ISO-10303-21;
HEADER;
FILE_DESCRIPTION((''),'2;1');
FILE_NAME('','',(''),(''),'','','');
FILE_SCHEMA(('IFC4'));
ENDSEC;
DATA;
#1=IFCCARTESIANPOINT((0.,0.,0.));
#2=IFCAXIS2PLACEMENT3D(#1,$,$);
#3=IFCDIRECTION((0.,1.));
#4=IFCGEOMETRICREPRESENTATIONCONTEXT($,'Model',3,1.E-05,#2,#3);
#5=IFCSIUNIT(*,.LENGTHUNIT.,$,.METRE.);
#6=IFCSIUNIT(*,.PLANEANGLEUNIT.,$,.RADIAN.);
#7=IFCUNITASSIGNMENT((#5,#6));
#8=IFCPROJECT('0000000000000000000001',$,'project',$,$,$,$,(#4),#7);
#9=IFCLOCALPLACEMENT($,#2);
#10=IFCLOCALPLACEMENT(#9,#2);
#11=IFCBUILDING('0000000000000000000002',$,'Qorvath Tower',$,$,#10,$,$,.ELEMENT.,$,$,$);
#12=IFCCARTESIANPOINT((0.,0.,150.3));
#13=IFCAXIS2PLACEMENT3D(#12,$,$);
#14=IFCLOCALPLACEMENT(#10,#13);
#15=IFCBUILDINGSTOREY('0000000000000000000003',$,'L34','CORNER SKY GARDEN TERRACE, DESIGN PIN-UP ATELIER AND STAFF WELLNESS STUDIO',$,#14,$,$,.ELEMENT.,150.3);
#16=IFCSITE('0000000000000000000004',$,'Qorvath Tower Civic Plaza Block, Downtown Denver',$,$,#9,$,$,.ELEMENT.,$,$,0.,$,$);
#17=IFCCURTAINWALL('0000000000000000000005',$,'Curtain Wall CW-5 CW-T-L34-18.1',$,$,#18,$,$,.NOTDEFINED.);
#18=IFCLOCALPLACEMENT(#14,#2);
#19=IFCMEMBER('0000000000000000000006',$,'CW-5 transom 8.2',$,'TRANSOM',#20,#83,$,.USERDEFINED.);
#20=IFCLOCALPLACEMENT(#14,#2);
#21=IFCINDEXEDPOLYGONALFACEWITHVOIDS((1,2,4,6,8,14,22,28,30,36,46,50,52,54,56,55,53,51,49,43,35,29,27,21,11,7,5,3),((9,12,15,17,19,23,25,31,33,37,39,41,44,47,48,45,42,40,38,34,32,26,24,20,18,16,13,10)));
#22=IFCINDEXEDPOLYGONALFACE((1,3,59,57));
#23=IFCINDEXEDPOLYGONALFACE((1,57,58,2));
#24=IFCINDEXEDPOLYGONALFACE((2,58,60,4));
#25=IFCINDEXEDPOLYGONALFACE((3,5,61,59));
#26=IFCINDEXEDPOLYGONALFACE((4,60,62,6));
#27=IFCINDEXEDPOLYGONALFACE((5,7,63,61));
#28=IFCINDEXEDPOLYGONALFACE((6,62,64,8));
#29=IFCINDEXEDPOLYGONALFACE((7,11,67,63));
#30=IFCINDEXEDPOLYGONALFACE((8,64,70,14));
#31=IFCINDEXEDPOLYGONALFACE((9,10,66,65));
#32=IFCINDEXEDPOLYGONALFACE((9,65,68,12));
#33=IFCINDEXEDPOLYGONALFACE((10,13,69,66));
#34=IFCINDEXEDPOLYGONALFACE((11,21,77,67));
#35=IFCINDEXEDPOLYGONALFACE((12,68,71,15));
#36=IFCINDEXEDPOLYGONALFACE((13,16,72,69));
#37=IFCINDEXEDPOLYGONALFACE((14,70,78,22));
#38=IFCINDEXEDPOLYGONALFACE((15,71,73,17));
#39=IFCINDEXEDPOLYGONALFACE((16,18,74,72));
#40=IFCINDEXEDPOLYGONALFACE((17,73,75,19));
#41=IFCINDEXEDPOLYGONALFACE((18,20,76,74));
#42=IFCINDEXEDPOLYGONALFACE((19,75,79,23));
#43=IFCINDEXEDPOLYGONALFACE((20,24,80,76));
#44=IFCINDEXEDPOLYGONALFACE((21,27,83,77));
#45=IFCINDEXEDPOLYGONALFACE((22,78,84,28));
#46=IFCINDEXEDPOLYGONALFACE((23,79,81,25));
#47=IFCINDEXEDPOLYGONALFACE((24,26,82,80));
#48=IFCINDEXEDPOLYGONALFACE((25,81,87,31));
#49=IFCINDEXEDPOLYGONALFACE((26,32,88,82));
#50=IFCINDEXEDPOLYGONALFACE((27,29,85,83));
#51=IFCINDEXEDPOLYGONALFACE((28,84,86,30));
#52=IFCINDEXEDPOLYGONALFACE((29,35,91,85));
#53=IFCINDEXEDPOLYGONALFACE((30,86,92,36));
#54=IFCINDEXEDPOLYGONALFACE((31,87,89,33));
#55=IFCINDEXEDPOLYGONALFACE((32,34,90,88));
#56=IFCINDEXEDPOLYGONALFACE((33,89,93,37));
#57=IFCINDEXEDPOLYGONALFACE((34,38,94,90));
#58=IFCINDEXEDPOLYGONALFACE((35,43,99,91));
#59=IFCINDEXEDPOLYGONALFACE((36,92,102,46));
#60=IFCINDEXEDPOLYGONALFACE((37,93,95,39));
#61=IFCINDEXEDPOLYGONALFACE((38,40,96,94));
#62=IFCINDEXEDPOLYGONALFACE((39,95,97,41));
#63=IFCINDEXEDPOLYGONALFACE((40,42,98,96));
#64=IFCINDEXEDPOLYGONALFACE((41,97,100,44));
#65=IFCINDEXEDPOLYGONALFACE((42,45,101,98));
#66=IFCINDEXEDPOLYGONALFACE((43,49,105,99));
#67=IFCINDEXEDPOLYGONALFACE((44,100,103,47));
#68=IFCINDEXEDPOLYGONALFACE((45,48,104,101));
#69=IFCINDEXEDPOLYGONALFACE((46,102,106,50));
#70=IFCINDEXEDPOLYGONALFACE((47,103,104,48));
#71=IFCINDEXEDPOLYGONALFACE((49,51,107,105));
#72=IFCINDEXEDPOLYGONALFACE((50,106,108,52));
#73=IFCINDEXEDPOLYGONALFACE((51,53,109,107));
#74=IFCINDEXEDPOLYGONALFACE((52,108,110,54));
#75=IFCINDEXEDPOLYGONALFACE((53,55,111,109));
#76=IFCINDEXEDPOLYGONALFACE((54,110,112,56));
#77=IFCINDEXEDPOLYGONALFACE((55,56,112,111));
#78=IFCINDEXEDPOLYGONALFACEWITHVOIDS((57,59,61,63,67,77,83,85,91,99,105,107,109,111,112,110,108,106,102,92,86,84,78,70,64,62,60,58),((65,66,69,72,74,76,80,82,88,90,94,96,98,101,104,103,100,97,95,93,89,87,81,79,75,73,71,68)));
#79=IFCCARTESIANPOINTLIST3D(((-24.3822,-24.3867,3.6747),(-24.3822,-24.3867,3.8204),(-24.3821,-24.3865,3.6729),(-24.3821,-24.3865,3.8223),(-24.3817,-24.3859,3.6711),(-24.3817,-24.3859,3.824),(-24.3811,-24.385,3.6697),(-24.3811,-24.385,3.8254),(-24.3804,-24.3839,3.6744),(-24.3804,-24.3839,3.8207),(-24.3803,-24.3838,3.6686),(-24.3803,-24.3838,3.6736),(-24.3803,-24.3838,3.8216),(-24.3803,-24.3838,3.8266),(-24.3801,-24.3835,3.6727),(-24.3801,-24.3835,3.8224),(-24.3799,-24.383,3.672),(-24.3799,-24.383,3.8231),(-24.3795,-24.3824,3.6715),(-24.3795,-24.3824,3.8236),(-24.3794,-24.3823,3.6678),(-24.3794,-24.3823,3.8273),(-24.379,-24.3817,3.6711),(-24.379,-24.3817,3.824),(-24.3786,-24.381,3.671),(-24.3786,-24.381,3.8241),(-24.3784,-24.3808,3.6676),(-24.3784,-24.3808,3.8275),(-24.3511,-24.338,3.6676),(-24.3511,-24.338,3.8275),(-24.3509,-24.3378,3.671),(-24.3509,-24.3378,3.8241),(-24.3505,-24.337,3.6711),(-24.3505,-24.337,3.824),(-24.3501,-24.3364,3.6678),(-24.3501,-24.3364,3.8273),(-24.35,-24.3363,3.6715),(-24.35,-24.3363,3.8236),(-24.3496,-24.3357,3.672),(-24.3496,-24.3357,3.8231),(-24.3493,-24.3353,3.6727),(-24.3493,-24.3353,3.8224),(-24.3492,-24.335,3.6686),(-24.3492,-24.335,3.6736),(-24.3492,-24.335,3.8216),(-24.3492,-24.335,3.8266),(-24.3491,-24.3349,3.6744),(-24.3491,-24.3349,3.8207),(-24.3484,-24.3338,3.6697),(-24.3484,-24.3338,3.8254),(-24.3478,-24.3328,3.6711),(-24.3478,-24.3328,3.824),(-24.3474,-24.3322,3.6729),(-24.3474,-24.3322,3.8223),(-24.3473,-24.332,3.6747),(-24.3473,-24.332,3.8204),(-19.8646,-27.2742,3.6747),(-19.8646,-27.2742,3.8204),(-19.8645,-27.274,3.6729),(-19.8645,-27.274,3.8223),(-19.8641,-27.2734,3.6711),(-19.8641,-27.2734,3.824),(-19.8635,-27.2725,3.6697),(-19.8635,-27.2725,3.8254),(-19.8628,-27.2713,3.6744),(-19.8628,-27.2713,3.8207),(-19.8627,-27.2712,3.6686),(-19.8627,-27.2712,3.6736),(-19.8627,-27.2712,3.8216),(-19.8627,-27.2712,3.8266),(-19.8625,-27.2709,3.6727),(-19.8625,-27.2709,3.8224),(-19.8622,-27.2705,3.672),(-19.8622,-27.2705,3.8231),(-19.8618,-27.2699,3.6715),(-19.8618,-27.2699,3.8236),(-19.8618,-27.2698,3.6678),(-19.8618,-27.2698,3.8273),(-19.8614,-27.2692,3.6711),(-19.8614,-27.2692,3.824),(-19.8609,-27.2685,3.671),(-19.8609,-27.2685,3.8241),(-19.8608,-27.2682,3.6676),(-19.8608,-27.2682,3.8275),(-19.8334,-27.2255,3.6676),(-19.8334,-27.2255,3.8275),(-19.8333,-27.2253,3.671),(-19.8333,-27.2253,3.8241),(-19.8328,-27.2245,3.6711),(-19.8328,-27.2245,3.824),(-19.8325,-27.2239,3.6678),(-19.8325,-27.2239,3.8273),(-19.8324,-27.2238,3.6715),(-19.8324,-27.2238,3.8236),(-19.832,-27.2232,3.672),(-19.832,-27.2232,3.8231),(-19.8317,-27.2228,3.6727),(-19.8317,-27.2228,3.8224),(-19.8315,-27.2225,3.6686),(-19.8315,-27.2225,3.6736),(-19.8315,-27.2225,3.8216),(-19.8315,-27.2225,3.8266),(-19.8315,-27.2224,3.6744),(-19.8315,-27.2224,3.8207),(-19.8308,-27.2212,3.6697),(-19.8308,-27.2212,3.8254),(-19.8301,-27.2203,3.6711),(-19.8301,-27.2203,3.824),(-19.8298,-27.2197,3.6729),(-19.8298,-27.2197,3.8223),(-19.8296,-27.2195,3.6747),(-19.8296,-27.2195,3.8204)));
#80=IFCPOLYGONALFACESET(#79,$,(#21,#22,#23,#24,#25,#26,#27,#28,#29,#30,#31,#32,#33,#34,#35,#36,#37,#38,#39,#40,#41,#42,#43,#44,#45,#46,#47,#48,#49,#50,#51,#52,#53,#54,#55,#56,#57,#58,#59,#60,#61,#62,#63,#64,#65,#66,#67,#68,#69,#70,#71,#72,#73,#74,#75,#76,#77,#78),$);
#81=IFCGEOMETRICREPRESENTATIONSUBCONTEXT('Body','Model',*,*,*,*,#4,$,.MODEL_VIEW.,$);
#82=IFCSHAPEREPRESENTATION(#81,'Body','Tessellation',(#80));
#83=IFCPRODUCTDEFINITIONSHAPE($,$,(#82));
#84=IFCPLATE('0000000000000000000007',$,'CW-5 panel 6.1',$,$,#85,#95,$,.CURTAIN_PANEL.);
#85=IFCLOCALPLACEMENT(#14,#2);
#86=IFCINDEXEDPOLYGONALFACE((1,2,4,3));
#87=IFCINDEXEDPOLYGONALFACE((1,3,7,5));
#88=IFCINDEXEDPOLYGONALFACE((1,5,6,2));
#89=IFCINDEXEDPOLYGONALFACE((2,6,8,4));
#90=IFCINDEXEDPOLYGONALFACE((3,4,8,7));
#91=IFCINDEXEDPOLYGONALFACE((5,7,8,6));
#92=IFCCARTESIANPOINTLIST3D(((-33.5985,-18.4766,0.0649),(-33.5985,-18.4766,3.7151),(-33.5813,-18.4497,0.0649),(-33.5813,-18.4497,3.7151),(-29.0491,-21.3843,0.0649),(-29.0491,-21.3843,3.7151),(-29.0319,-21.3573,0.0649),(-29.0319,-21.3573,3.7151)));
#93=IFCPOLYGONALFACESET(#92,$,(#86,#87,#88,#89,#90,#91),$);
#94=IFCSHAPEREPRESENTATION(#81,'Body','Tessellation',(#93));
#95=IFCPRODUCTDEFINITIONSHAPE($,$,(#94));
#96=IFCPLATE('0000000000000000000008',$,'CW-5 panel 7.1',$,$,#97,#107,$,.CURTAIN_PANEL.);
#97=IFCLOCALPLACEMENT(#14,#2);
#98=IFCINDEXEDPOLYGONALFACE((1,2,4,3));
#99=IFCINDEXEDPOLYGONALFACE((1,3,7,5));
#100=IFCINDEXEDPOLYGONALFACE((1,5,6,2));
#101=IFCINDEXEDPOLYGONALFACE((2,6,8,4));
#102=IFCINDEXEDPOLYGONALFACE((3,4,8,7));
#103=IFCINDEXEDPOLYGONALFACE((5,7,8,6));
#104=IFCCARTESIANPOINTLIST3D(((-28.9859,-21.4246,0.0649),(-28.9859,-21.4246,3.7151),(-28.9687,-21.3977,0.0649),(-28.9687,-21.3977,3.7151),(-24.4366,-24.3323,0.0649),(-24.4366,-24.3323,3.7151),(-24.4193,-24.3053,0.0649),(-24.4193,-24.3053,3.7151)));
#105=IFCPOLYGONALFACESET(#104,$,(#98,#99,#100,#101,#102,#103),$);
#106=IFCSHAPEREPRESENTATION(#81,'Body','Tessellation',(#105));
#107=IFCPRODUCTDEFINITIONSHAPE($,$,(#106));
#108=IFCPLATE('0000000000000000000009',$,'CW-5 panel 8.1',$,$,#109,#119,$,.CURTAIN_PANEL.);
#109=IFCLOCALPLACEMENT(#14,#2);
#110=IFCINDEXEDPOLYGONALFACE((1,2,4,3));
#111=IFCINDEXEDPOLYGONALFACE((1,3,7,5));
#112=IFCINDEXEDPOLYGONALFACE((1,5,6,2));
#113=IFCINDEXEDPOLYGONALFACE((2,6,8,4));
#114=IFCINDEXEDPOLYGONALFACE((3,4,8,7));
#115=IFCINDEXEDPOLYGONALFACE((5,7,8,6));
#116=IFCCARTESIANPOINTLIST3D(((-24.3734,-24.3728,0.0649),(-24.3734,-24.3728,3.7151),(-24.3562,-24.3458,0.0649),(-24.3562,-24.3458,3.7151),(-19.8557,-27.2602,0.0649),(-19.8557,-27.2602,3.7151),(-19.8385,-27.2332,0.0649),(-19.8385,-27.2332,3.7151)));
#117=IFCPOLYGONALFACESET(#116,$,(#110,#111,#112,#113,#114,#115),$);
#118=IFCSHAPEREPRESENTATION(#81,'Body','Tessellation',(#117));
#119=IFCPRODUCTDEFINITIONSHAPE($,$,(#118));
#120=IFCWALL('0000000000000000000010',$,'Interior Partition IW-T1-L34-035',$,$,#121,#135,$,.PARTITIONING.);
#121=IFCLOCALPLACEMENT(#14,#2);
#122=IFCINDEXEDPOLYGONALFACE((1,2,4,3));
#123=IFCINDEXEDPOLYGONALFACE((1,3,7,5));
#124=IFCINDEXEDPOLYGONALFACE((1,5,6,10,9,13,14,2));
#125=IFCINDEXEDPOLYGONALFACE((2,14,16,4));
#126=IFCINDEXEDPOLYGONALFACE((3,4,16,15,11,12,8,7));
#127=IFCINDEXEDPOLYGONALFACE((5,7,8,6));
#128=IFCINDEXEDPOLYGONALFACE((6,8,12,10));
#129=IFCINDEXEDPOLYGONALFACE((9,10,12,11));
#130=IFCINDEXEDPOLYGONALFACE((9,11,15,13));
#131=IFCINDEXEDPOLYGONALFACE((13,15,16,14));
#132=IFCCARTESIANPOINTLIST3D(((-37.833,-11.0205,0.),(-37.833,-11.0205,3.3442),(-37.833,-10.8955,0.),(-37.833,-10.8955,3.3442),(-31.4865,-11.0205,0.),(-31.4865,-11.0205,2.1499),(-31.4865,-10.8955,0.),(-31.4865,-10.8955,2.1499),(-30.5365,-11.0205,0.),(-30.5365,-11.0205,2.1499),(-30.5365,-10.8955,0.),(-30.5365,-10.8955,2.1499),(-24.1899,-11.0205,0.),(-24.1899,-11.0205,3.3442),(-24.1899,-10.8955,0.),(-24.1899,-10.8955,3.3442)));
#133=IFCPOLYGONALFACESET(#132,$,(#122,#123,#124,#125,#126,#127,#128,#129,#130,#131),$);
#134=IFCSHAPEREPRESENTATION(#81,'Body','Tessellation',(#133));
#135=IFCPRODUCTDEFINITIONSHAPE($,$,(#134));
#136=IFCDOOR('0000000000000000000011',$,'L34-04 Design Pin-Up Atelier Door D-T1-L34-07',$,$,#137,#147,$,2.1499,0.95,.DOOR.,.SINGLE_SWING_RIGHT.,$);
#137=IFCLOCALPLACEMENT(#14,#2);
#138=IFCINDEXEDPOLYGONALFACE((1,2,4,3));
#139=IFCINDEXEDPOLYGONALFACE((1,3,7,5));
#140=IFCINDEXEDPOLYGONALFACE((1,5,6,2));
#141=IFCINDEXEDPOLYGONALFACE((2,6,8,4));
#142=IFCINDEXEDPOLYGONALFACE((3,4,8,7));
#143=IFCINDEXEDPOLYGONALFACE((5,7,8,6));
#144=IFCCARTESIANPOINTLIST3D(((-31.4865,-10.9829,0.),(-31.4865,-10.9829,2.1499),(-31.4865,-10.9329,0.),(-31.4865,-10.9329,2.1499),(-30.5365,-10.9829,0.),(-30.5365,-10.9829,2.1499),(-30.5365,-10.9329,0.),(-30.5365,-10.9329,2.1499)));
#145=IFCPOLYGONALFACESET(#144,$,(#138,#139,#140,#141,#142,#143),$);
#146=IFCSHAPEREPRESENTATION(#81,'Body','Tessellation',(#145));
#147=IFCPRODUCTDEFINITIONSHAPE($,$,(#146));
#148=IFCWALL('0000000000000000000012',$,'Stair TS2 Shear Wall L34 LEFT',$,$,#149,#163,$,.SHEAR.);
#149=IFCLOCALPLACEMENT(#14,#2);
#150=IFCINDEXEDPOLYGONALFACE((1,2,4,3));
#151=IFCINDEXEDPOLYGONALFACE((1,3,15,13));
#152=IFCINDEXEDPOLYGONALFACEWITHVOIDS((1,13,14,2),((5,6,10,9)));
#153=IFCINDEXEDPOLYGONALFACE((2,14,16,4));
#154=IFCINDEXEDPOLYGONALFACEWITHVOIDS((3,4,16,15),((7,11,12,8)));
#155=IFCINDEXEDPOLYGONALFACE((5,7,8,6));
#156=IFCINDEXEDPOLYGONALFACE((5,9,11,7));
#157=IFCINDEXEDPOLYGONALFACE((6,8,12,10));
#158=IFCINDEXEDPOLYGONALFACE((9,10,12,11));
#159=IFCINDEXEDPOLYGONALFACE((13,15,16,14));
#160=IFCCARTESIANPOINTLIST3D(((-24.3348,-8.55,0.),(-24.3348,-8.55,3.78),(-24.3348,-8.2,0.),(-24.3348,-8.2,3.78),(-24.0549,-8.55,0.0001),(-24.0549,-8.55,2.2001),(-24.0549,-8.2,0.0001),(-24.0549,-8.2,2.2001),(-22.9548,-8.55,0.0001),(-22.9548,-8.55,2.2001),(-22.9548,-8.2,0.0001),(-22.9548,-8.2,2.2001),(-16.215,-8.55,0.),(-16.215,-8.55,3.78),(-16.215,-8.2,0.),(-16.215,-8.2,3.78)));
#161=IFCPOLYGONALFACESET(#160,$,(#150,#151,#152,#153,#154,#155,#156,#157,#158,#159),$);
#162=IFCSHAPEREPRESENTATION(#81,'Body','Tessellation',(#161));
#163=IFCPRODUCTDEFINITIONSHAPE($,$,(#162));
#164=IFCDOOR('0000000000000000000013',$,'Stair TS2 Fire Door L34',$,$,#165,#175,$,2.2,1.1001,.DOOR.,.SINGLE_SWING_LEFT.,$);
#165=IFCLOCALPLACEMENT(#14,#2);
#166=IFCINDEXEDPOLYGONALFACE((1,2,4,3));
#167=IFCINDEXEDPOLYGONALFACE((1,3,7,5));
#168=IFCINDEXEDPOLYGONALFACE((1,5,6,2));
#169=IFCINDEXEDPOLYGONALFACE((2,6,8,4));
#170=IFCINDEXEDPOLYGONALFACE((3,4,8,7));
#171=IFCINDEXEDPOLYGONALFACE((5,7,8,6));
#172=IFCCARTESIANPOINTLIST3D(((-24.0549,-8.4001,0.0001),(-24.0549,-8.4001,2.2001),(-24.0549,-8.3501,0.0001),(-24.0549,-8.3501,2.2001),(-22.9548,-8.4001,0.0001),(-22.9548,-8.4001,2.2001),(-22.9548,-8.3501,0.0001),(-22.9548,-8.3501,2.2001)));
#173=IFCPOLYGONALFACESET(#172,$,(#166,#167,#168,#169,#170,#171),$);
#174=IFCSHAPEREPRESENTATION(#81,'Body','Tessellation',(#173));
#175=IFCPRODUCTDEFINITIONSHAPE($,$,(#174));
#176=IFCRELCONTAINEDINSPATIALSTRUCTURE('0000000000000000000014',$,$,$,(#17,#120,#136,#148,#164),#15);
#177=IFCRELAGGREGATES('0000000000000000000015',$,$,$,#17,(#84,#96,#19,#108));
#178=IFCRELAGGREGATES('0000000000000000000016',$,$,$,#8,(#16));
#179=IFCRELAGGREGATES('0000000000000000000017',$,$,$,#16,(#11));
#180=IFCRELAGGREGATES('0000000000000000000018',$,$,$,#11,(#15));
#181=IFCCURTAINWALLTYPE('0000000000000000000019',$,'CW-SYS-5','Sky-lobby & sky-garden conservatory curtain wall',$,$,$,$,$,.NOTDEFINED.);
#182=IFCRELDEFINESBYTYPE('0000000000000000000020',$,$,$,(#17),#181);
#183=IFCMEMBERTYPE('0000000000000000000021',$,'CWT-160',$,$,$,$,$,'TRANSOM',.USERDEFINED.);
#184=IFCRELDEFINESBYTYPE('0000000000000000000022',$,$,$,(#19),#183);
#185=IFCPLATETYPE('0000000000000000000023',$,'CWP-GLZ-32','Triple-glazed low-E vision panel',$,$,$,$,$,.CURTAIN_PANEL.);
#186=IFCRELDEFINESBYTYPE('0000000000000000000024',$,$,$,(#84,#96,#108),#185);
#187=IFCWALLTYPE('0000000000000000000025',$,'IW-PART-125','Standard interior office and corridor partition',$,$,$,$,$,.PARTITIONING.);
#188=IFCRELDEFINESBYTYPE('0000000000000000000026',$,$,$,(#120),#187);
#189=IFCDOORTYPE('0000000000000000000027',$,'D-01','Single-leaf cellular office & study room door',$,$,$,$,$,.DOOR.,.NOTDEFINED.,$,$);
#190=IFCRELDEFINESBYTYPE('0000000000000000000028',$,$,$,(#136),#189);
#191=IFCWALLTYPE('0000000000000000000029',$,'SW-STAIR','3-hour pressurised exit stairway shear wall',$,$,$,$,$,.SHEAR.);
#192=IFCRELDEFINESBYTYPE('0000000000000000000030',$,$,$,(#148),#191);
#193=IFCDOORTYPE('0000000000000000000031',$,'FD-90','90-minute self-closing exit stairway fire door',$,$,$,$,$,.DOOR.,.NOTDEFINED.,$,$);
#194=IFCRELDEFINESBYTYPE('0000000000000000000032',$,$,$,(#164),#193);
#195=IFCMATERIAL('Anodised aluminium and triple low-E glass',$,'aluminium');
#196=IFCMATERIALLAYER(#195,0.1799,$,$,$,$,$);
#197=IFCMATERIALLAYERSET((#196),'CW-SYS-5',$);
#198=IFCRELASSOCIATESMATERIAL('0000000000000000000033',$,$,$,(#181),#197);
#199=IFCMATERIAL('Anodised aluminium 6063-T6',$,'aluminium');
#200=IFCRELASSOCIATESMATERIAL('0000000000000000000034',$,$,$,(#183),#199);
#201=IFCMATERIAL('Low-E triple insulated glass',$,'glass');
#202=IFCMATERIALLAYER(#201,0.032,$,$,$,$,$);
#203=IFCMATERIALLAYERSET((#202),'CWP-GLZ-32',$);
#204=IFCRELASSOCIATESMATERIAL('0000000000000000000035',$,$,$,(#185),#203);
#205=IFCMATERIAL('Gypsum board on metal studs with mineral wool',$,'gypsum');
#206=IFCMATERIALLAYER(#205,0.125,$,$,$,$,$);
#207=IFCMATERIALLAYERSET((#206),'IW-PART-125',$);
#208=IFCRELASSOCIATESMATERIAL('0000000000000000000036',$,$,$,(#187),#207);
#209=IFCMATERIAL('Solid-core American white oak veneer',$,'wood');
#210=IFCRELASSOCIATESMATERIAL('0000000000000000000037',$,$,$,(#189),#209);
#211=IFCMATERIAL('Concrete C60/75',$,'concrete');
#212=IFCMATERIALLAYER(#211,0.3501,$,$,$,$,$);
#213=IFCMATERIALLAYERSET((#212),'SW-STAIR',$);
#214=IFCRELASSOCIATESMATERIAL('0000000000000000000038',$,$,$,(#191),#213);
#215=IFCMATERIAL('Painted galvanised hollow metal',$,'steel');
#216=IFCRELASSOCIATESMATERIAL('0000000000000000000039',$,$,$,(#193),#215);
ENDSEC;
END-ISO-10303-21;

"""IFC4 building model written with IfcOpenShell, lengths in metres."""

from ifc_helpers import new_model, si_unit, direction, frame, frame_2d, origin, origin_2d, place, context, subcontext, project, spatial, rectangle, hollow_rectangle, extrude, material, layer, layer_set, material_profile, profile_set, type_object, element, fill, aggregate, save


model = new_model("IFC4")

# Units and contexts
model_context = context("Model", 3, precision=1e-05, world=origin(), true_north=direction((0.0, 1.0)))
body_context = subcontext(model_context, "Body", "Model", "MODEL_VIEW")
ifc_project = project(units=[si_unit("LENGTHUNIT", "METRE"), si_unit("PLANEANGLEUNIT", "RADIAN")], contexts=[model_context])

# Site, building, storey
site_placement = place(None, origin())
site = spatial("IfcSite", under=ifc_project, at=site_placement, Name="Qorvath Tower Civic Plaza Block, Downtown Denver", CompositionType="ELEMENT", RefElevation=0.0)
building_placement = place(site_placement, origin())
building = spatial("IfcBuilding", under=site, at=building_placement, Name="Qorvath Tower", CompositionType="ELEMENT")
storey_placement = place(building_placement, frame((0.0, 0.0, 150.3)))
storey = spatial("IfcBuildingStorey", under=building, at=storey_placement, Name="L34", Description="CORNER SKY GARDEN TERRACE, DESIGN PIN-UP ATELIER AND STAFF WELLNESS STUDIO", CompositionType="ELEMENT", Elevation=150.3)

# Curtain wall, member, plates
ifc_material_1 = material(Name="Anodised aluminium and triple low-E glass", Category="aluminium")
ifc_layer_1 = layer(ifc_material_1, 0.1799)
ifc_layer_set_1 = layer_set([ifc_layer_1], Name="CW-SYS-5")
curtain_wall_type = type_object("IfcCurtainWallType", Name="CW-SYS-5", Description="Sky-lobby & sky-garden conservatory curtain wall", PredefinedType="NOTDEFINED", material=ifc_layer_set_1)
curtain_wall_placement = place(storey_placement, origin())
curtain_wall = element("IfcCurtainWall", 1, at=curtain_wall_placement, inside=storey, type_object=curtain_wall_type, Name="Curtain Wall CW-5 CW-T-L34-18.1", PredefinedType="NOTDEFINED")
ifc_material_2 = material(Name="Anodised aluminium 6063-T6", Category="aluminium")
ifc_material_profile_1 = material_profile(ifc_material_2, hollow_rectangle(XDim=0.0649, YDim=0.1599, WallThickness=0.0034, InnerFilletRadius=0.0034, OuterFilletRadius=0.0071, at=origin_2d()), Name="CWT 160x65")
ifc_profile_set_1 = profile_set([ifc_material_profile_1], Name="Anodised aluminium 6063-T6")
member_type_1 = type_object("IfcMemberType", Name="CWT-160", ElementType="TRANSOM", PredefinedType="USERDEFINED", material=ifc_profile_set_1)
member_1_placement = place(storey_placement, frame((-24.3647, -24.3594, 3.7476), z_axis=(0.842593, -0.538551, 0.0), x_axis=(0.538551, 0.842593, 0.0)))
member_1 = element("IfcMember", 2, at=member_1_placement, type_object=member_type_1, Name="CW-5 transom 8.2", ObjectType="TRANSOM", PredefinedType="USERDEFINED", context=body_context, shape_type="SweptSolid", body=[
    extrude(hollow_rectangle(XDim=0.0649, YDim=0.1599, WallThickness=0.0034, InnerFilletRadius=0.0034, OuterFilletRadius=0.0071, at=origin_2d()), origin(), (0.0, 0.0, 1.0), 5.3616),
])
ifc_material_3 = material(Name="Low-E triple insulated glass", Category="glass")
ifc_layer_2 = layer(ifc_material_3, 0.032)
ifc_layer_set_2 = layer_set([ifc_layer_2], Name="CWP-GLZ-32")
plate_type = type_object("IfcPlateType", Name="CWP-GLZ-32", Description="Triple-glazed low-E vision panel", PredefinedType="CURTAIN_PANEL", material=ifc_layer_set_2)
plate_1_placement = place(storey_placement, frame((-31.3152, -19.917, 0.0649), z_axis=(0.0, 0.0, 1.0), x_axis=(0.842602, -0.538536, 0.0)))
plate_1 = element("IfcPlate", 3, at=plate_1_placement, type_object=plate_type, Name="CW-5 panel 6.1", PredefinedType="CURTAIN_PANEL", context=body_context, shape_type="SweptSolid", body=[
    extrude(rectangle(XDim=5.3992, YDim=0.032, at=origin_2d()), origin(), (0.0, 0.0, 1.0), 3.6501),
])
plate_2_placement = place(storey_placement, frame((-26.7026, -22.865, 0.0649), z_axis=(0.0, 0.0, 1.0), x_axis=(0.842602, -0.538536, 0.0)))
plate_2 = element("IfcPlate", 4, at=plate_2_placement, type_object=plate_type, Name="CW-5 panel 7.1", PredefinedType="CURTAIN_PANEL", context=body_context, shape_type="SweptSolid", body=[
    extrude(rectangle(XDim=5.3992, YDim=0.032, at=origin_2d()), origin(), (0.0, 0.0, 1.0), 3.6501),
])
plate_3_placement = place(storey_placement, frame((-22.106, -25.803, 0.0649), z_axis=(0.0, 0.0, 1.0), x_axis=(0.842602, -0.538536, 0.0)))
plate_3 = element("IfcPlate", 5, at=plate_3_placement, type_object=plate_type, Name="CW-5 panel 8.1", PredefinedType="CURTAIN_PANEL", context=body_context, shape_type="SweptSolid", body=[
    extrude(rectangle(XDim=5.3616, YDim=0.032, at=origin_2d()), origin(), (0.0, 0.0, 1.0), 3.6501),
])
aggregate(curtain_wall, [plate_1, plate_2, member_1, plate_3])

# Walls, openings, doors
ifc_material_4 = material(Name="Gypsum board on metal studs with mineral wool", Category="gypsum")
ifc_layer_3 = layer(ifc_material_4, 0.125)
ifc_layer_set_3 = layer_set([ifc_layer_3], Name="IW-PART-125")
wall_type_1 = type_object("IfcWallType", Name="IW-PART-125", Description="Standard interior office and corridor partition", PredefinedType="PARTITIONING", material=ifc_layer_set_3)
wall_1_placement = place(storey_placement, frame((-24.1899, -10.958, 0.0), z_axis=(0.0, 0.0, 1.0), x_axis=(-1.0, 0.0, 0.0)))
wall_1 = element("IfcWall", 6, at=wall_1_placement, inside=storey, type_object=wall_type_1, Name="Interior Partition IW-T1-L34-035", PredefinedType="PARTITIONING", context=body_context, shape_type="SweptSolid", body=[
    extrude(rectangle(XDim=13.6431, YDim=0.125, at=frame_2d((6.8215, 0.0))), origin(), (0.0, 0.0, 1.0), 3.3442),
])
opening_1_placement = place(wall_1_placement, frame((6.3464, 0.0, 0.0)))
opening_1 = element("IfcOpeningElement", 7, at=opening_1_placement, cuts=wall_1, PredefinedType="OPENING", context=body_context, shape_type="SweptSolid", body=[
    extrude(rectangle(XDim=0.95, YDim=2.1499, at=frame_2d((0.4751, 1.075))), frame((0.0, 0.0725, 0.0), z_axis=(0.0, -1.0, 0.0), x_axis=(1.0, 0.0, 0.0)), (0.0, 0.0, 1.0), 0.145),
])
ifc_material_5 = material(Name="Solid-core American white oak veneer", Category="wood")
door_type_1 = type_object("IfcDoorType", Name="D-01", Description="Single-leaf cellular office & study room door", OperationType="NOTDEFINED", PredefinedType="DOOR", material=ifc_material_5)
door_1_placement = place(opening_1_placement, origin())
door_1 = element("IfcDoor", 8, at=door_1_placement, inside=storey, type_object=door_type_1, Name="L34-04 Design Pin-Up Atelier Door D-T1-L34-07", OperationType="SINGLE_SWING_RIGHT", OverallHeight=2.1499, OverallWidth=0.95, PredefinedType="DOOR", context=body_context, shape_type="SweptSolid", body=[
    extrude(rectangle(XDim=0.95, YDim=2.1499, at=frame_2d((0.4751, 1.075))), frame((0.0, 0.0249, 0.0), z_axis=(0.0, -1.0, 0.0), x_axis=(1.0, 0.0, 0.0)), (0.0, 0.0, 1.0), 0.05),
])
fill(opening_1, door_1)
ifc_material_6 = material(Name="Concrete C60/75", Category="concrete")
ifc_layer_4 = layer(ifc_material_6, 0.3501)
ifc_layer_set_4 = layer_set([ifc_layer_4], Name="SW-STAIR")
wall_type_2 = type_object("IfcWallType", Name="SW-STAIR", Description="3-hour pressurised exit stairway shear wall", PredefinedType="SHEAR", material=ifc_layer_set_4)
wall_2_placement = place(storey_placement, frame((-24.335, -8.375, 0.0), z_axis=(0.0, 0.0, 1.0), x_axis=(1.0, 0.0, 0.0)))
wall_2 = element("IfcWall", 9, at=wall_2_placement, inside=storey, type_object=wall_type_2, Name="Stair TS2 Shear Wall L34 LEFT", PredefinedType="SHEAR", context=body_context, shape_type="SweptSolid", body=[
    extrude(rectangle(XDim=8.1199, YDim=0.3501, at=frame_2d((4.0601, 0.0))), origin(), (0.0, 0.0, 1.0), 3.78),
])
opening_2_placement = place(wall_2_placement, frame((0.28, 0.0, 0.0)))
opening_2 = element("IfcOpeningElement", 10, at=opening_2_placement, cuts=wall_2, PredefinedType="OPENING", context=body_context, shape_type="SweptSolid", body=[
    extrude(rectangle(XDim=1.1001, YDim=2.2, at=frame_2d((0.55, 1.1001))), frame((0.0, 0.1851, 0.0), z_axis=(0.0, -1.0, 0.0), x_axis=(1.0, 0.0, 0.0)), (0.0, 0.0, 1.0), 0.3701),
])
ifc_material_7 = material(Name="Painted galvanised hollow metal", Category="steel")
door_type_2 = type_object("IfcDoorType", Name="FD-90", Description="90-minute self-closing exit stairway fire door", OperationType="NOTDEFINED", PredefinedType="DOOR", material=ifc_material_7)
door_2_placement = place(opening_2_placement, origin())
door_2 = element("IfcDoor", 11, at=door_2_placement, inside=storey, type_object=door_type_2, Name="Stair TS2 Fire Door L34", OperationType="SINGLE_SWING_LEFT", OverallHeight=2.2, OverallWidth=1.1001, PredefinedType="DOOR", context=body_context, shape_type="SweptSolid", body=[
    extrude(rectangle(XDim=1.1001, YDim=2.2, at=frame_2d((0.55, 1.1001))), frame((0.0, 0.0249, 0.0), z_axis=(0.0, -1.0, 0.0), x_axis=(1.0, 0.0, 0.0)), (0.0, 0.0, 1.0), 0.05),
])
fill(opening_2, door_2)

save(model, "model.ifc")
